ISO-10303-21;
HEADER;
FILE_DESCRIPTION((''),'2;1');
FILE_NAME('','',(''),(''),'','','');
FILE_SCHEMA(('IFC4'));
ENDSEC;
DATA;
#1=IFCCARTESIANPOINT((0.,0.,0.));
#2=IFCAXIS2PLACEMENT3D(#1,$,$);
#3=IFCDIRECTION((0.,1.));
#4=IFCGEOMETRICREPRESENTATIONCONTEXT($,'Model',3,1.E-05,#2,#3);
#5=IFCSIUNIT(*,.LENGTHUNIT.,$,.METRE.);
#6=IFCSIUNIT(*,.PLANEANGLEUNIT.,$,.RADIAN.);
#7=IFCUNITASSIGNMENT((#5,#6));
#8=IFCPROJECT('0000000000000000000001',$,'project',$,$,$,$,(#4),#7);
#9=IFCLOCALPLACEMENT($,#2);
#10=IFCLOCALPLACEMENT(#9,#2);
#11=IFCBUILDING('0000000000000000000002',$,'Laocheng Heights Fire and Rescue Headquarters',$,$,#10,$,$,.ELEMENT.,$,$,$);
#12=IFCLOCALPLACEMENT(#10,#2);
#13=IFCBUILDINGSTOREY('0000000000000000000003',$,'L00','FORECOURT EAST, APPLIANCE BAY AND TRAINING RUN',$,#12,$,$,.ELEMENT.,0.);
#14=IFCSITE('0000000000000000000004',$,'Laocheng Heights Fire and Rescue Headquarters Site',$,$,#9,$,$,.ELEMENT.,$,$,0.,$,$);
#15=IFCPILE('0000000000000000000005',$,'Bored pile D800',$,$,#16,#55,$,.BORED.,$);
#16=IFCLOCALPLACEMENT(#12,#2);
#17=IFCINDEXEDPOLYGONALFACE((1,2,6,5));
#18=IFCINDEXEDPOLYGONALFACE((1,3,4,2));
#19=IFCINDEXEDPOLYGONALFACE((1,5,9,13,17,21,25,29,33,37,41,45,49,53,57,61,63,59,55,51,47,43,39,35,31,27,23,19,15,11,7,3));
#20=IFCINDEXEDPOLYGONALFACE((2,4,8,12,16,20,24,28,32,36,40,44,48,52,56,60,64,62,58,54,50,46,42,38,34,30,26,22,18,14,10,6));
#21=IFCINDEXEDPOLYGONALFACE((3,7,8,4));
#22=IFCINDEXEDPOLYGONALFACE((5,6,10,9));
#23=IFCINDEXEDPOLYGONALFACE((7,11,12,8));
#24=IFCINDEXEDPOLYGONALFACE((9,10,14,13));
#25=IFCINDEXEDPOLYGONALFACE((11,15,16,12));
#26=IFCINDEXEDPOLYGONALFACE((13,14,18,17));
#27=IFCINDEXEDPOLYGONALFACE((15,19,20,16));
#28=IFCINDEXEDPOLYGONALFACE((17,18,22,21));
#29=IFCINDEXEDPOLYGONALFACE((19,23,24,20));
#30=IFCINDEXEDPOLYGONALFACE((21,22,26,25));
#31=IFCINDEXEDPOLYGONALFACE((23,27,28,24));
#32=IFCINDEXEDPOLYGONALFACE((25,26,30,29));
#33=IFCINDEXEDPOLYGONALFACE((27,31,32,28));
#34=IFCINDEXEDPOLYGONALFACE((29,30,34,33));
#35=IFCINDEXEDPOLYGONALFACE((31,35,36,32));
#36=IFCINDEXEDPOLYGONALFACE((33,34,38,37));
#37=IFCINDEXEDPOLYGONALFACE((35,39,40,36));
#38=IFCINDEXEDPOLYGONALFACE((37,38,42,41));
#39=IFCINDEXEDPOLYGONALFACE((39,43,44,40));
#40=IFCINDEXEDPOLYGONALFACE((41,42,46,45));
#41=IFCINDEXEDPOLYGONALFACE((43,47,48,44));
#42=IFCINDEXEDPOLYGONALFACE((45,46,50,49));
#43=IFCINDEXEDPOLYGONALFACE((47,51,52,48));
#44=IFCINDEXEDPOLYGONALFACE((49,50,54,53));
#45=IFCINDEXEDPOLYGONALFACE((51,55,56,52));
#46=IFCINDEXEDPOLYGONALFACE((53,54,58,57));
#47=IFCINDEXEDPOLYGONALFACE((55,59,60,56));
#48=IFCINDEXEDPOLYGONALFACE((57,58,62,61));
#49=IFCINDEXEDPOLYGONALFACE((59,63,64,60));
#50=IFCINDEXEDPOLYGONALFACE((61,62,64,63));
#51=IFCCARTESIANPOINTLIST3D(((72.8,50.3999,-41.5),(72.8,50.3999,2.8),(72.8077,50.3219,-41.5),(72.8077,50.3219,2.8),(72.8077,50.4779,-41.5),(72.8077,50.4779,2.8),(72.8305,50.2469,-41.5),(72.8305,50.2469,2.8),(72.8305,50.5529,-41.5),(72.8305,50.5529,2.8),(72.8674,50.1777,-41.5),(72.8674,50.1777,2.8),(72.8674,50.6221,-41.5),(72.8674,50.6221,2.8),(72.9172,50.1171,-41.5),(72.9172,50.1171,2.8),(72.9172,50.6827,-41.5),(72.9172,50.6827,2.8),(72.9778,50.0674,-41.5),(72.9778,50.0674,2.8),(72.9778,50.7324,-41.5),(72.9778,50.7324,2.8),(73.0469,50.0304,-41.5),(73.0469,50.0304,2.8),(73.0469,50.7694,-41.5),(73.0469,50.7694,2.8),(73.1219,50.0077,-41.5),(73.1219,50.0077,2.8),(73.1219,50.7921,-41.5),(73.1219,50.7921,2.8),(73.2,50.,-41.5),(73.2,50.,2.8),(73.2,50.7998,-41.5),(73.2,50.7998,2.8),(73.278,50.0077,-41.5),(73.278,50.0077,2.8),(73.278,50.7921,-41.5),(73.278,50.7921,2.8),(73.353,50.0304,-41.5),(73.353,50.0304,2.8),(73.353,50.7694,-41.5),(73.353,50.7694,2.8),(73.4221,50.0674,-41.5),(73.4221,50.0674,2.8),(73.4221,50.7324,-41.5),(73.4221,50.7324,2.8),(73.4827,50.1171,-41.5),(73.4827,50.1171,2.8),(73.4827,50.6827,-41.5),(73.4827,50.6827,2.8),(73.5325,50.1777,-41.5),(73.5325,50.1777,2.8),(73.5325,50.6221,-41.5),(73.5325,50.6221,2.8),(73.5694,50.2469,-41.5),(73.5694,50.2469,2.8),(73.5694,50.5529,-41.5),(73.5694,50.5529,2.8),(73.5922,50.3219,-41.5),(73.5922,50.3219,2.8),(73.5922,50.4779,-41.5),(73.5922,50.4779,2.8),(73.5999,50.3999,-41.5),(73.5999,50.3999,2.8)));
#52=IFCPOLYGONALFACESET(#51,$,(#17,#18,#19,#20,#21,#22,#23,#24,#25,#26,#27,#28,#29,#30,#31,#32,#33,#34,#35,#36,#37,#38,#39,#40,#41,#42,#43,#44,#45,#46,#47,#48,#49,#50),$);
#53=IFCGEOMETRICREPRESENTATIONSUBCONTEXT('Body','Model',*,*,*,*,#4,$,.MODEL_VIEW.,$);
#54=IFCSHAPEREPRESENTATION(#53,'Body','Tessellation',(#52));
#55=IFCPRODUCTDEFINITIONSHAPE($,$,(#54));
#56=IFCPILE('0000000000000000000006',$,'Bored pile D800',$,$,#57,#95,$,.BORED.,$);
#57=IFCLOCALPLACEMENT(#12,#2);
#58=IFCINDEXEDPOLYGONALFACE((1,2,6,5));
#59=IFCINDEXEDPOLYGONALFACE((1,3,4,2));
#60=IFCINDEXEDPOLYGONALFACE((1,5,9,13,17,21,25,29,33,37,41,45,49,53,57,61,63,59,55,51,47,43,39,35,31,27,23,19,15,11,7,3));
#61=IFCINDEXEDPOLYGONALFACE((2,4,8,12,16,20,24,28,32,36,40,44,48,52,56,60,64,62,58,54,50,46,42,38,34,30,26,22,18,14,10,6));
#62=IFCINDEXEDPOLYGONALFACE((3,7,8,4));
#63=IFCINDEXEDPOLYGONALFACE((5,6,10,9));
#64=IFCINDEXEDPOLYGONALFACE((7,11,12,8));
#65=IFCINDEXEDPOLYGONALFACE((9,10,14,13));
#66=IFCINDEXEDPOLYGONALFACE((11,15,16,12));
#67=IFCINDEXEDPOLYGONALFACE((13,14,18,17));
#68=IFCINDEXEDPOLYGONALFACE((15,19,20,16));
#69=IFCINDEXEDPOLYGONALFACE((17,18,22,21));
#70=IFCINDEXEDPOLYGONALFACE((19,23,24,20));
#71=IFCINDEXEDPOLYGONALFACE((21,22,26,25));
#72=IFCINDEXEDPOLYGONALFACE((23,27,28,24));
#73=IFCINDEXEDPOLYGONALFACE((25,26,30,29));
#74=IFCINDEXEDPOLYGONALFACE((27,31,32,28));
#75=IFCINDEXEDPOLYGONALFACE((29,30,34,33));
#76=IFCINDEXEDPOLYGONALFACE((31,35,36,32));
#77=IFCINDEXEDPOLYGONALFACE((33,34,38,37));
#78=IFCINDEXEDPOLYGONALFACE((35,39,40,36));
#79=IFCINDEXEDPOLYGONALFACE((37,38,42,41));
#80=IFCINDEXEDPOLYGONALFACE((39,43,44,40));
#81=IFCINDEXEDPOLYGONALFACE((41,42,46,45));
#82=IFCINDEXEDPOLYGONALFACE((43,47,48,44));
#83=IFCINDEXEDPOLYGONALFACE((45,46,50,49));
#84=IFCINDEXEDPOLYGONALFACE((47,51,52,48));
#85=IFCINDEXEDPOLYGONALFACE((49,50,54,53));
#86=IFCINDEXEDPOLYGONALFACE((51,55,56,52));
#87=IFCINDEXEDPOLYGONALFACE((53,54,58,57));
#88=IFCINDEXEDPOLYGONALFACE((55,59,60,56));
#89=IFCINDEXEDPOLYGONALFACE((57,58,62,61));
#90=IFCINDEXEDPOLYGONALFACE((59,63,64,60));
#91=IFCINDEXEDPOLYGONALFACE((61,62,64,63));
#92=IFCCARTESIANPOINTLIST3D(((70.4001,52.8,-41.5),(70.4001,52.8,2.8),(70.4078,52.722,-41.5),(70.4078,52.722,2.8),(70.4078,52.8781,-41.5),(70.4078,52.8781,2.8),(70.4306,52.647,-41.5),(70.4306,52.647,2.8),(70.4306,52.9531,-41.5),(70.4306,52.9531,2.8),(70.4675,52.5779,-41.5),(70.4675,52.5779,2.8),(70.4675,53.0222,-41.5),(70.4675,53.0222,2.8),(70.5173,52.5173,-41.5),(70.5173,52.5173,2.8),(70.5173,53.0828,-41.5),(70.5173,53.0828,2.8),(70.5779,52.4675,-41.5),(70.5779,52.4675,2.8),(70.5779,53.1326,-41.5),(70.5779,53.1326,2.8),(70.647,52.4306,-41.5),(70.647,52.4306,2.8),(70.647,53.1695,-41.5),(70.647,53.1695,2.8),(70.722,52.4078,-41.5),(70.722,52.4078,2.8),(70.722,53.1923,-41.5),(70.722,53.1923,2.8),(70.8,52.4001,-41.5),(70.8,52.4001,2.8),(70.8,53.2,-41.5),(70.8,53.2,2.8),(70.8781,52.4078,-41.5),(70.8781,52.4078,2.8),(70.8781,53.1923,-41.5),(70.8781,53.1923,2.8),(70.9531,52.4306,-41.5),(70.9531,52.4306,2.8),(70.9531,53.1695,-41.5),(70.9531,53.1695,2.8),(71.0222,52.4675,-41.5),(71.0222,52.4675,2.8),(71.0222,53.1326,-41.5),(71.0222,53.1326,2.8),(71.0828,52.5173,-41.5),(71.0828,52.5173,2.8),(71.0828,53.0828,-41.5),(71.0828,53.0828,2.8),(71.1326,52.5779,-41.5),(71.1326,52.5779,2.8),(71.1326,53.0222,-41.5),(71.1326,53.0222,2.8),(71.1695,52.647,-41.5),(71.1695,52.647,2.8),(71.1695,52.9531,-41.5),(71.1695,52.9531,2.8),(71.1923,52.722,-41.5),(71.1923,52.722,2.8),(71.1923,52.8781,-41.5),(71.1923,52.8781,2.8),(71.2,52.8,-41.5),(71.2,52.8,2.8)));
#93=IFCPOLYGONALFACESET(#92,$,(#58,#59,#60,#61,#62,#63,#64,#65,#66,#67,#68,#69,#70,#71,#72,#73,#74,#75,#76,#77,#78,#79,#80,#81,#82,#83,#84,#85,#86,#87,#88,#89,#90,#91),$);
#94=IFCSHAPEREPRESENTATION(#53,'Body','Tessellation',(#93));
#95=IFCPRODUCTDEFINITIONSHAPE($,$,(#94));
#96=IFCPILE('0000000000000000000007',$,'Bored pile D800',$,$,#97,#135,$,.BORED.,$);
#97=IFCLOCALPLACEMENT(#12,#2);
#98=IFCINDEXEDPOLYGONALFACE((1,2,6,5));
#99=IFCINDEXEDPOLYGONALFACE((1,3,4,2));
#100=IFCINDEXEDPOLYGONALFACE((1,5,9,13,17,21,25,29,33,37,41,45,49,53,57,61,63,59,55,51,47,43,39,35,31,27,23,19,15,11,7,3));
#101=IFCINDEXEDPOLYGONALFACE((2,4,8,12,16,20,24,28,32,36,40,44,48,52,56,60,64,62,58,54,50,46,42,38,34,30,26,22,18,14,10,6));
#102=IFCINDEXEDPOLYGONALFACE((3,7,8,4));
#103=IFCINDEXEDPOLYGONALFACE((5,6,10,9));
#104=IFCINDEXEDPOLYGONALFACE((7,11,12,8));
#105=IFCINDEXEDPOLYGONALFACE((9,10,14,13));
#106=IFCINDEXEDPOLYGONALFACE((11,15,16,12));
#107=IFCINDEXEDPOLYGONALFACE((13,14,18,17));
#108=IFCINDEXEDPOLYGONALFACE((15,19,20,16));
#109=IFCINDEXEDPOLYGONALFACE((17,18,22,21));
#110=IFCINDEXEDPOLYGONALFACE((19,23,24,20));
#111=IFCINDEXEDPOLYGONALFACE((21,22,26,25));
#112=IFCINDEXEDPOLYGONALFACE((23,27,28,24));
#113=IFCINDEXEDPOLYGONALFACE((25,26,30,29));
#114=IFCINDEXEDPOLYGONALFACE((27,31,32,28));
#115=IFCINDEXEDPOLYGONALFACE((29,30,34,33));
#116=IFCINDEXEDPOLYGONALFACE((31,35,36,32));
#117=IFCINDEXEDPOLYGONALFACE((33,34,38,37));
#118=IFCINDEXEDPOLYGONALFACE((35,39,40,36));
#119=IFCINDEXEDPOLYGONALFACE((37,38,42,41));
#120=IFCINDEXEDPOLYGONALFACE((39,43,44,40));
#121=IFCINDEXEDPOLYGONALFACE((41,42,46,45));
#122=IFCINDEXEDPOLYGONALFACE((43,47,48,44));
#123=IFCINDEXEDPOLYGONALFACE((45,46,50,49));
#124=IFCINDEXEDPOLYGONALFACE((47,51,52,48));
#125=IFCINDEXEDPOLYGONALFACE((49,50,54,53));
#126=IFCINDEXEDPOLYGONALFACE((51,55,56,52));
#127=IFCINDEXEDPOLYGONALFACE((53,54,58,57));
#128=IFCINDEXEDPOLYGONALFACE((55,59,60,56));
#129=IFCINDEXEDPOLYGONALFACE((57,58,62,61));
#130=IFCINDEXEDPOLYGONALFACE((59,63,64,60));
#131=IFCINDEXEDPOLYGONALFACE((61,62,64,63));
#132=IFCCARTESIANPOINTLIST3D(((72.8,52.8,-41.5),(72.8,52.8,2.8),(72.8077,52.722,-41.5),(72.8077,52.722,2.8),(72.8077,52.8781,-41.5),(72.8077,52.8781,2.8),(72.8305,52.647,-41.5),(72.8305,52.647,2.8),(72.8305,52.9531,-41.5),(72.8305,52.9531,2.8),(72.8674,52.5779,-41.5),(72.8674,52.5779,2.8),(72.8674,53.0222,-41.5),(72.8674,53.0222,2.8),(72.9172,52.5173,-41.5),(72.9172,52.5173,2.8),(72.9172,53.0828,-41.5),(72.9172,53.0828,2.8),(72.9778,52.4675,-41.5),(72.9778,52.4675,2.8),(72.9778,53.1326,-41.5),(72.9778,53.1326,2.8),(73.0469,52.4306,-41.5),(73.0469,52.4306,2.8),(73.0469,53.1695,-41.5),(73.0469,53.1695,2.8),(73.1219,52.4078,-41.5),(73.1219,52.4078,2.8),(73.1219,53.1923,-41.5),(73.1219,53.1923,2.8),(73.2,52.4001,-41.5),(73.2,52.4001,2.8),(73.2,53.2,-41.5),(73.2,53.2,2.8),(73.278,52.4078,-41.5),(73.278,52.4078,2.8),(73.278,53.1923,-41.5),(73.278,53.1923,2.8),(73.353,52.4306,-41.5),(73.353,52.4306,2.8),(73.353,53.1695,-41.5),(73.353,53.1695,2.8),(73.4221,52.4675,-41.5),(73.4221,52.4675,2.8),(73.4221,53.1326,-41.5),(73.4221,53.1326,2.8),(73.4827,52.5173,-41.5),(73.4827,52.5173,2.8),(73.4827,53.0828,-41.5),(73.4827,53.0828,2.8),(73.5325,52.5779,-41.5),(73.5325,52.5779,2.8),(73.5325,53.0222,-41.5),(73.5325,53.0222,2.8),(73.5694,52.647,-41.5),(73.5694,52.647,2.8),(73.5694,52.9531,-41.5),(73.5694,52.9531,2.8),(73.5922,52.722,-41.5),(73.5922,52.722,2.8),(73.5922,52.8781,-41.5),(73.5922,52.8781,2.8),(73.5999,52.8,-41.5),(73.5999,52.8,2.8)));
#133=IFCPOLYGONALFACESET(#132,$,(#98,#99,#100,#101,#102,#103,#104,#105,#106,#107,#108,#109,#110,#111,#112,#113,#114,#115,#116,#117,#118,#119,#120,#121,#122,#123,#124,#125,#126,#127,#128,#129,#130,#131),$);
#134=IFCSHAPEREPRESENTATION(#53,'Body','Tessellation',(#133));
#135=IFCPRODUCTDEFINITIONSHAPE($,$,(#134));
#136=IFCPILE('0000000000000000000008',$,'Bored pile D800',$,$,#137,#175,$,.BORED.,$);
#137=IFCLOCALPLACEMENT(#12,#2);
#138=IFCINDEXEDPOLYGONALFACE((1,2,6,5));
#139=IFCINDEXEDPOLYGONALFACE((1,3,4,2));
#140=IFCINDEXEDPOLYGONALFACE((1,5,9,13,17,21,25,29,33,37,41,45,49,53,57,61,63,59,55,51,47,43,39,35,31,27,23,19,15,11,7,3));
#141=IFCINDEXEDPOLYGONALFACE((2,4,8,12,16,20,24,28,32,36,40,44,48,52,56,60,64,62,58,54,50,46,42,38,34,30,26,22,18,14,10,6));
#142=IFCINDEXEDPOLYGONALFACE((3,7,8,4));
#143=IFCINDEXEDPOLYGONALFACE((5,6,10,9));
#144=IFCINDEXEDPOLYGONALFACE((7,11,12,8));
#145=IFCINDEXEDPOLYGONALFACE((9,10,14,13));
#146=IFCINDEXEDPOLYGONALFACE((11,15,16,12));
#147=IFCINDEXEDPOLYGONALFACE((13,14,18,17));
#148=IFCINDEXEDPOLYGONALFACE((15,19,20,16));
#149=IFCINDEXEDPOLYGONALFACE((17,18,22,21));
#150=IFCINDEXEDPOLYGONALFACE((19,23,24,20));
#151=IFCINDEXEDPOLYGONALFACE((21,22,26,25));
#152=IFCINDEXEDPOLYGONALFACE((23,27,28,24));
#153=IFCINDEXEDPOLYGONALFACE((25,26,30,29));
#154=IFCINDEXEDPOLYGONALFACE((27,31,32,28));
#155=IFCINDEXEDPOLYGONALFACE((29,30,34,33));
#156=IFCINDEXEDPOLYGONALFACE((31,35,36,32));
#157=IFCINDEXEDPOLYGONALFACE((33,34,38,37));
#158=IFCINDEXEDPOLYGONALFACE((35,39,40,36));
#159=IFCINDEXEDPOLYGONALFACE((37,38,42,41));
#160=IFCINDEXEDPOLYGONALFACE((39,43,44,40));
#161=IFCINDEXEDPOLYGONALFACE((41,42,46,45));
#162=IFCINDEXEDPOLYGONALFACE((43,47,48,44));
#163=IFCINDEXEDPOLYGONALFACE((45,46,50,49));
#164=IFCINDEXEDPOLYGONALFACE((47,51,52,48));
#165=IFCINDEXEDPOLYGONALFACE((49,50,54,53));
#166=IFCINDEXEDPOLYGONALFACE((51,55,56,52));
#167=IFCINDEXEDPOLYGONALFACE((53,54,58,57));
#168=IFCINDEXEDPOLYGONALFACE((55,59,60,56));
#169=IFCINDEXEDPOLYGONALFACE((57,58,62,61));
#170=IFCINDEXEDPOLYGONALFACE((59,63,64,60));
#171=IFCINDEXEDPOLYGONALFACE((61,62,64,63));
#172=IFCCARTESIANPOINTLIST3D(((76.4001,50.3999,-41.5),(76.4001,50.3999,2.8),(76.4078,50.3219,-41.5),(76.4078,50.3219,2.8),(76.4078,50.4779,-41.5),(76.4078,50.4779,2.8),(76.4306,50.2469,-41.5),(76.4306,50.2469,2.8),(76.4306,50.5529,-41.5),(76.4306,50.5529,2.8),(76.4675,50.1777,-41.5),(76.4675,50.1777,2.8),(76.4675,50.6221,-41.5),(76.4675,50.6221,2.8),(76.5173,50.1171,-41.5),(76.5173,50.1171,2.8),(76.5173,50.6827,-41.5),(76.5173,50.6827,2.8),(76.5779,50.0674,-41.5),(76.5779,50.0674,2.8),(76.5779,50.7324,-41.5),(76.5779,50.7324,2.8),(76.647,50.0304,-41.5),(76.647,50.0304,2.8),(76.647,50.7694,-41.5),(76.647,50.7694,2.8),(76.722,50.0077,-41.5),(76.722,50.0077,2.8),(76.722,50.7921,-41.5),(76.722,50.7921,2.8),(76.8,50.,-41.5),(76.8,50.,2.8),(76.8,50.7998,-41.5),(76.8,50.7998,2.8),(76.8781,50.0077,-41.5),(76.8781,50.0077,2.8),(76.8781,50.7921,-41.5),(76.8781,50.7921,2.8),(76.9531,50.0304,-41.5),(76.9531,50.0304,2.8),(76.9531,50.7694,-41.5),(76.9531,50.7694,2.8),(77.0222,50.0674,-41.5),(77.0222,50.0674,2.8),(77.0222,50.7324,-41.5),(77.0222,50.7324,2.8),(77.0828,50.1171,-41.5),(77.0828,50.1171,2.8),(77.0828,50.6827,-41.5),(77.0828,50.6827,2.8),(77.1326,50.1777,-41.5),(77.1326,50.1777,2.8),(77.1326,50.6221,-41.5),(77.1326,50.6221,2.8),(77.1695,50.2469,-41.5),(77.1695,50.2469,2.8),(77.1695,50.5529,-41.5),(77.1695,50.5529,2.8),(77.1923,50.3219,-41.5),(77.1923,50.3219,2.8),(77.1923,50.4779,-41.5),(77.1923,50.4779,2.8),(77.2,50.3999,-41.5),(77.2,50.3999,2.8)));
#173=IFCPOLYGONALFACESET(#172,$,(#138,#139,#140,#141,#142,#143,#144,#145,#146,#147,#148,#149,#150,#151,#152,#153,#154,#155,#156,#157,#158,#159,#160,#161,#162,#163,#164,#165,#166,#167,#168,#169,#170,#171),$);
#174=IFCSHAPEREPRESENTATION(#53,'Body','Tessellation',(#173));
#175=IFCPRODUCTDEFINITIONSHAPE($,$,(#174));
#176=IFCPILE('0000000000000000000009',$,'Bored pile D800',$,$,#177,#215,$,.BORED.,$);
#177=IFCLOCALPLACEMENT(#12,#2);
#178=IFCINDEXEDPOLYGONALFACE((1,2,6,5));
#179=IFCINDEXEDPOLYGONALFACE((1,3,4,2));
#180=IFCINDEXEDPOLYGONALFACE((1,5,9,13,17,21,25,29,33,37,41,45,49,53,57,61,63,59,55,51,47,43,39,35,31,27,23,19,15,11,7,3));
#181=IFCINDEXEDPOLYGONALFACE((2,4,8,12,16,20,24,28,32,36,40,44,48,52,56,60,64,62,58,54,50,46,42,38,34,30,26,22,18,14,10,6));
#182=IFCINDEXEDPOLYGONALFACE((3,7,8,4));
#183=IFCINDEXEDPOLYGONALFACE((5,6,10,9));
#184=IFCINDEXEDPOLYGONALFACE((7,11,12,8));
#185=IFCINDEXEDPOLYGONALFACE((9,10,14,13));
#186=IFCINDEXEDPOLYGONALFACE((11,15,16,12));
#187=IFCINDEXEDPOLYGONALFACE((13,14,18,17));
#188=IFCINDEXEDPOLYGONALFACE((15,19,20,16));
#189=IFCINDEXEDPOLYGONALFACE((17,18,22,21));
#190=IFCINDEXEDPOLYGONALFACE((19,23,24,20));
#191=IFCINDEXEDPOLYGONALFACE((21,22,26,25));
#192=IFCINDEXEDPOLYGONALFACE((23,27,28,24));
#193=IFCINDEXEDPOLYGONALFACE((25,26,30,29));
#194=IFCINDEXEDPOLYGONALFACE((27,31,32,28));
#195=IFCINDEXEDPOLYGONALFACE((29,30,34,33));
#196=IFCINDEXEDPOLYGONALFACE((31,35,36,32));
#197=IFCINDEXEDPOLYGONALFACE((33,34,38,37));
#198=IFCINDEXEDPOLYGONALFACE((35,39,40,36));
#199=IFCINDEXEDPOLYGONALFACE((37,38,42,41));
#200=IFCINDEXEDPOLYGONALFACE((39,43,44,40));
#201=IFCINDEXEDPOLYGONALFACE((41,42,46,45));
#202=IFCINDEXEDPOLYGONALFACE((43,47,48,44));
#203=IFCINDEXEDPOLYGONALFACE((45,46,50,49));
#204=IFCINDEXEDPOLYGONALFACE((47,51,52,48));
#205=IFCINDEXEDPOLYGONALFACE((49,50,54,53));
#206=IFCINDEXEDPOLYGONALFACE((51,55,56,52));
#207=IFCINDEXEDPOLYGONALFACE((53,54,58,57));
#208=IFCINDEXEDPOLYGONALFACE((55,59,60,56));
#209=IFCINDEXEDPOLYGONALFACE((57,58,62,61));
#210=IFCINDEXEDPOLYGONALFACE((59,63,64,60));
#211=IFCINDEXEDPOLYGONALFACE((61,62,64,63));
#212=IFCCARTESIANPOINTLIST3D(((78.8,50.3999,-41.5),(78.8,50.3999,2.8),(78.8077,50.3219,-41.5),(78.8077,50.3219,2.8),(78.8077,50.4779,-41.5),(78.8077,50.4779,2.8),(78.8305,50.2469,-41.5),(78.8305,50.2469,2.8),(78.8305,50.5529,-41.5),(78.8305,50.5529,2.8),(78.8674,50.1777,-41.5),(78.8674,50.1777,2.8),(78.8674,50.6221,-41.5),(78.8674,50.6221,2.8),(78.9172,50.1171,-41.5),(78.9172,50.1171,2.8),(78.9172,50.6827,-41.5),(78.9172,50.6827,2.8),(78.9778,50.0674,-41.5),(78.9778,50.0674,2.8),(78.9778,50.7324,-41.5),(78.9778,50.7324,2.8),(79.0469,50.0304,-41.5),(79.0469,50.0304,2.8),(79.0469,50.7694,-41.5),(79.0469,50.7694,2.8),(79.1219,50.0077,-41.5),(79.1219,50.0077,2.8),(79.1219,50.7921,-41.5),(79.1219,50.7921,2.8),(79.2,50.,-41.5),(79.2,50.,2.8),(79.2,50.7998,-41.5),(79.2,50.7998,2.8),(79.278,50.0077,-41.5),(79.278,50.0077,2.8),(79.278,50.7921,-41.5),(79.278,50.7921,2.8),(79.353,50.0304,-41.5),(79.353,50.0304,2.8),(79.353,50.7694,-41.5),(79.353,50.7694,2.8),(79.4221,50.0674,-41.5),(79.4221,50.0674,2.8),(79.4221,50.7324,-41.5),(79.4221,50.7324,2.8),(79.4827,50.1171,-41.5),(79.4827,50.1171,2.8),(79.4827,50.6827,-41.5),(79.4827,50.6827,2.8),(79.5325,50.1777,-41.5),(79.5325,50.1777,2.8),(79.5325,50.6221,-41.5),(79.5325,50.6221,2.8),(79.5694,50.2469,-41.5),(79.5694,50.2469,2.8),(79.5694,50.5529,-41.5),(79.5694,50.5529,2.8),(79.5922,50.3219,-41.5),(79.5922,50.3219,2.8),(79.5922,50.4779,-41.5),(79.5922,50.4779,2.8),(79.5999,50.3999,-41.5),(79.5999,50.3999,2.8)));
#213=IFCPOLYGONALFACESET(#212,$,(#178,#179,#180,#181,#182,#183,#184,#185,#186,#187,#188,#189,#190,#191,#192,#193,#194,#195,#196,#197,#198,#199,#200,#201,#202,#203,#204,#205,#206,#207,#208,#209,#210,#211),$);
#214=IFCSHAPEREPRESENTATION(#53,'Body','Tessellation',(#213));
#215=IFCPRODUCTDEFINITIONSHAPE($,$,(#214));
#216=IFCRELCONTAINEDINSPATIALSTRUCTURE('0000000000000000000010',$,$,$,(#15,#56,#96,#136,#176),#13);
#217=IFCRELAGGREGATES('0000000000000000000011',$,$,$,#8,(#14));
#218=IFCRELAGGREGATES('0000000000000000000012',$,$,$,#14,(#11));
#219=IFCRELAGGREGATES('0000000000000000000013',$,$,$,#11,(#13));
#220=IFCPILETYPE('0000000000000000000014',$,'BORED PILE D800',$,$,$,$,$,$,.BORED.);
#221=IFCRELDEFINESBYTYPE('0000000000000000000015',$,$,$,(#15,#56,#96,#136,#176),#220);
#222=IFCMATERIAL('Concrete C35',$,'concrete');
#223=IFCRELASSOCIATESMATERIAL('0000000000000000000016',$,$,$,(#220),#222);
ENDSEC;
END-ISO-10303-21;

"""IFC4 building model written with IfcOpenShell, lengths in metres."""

from ifc_helpers import new_model, si_unit, direction, frame, origin, origin_2d, place, context, subcontext, project, spatial, circle, extrude, material, material_profile, profile_set, type_object, element, save


model = new_model("IFC4")

# Units and contexts
model_context = context("Model", 3, precision=1e-05, world=origin(), true_north=direction((0.0, 1.0)))
body_context = subcontext(model_context, "Body", "Model", "MODEL_VIEW")
ifc_project = project(units=[si_unit("LENGTHUNIT", "METRE"), si_unit("PLANEANGLEUNIT", "RADIAN")], contexts=[model_context])

# Site, building, storey
site_placement = place(None, origin())
site = spatial("IfcSite", under=ifc_project, at=site_placement, Name="Laocheng Heights Fire and Rescue Headquarters Site", CompositionType="ELEMENT", RefElevation=0.0)
building_placement = place(site_placement, origin())
building = spatial("IfcBuilding", under=site, at=building_placement, Name="Laocheng Heights Fire and Rescue Headquarters", CompositionType="ELEMENT")
storey_placement = place(building_placement, origin())
storey = spatial("IfcBuildingStorey", under=building, at=storey_placement, Name="L00", Description="FORECOURT EAST, APPLIANCE BAY AND TRAINING RUN", CompositionType="ELEMENT", Elevation=0.0)

# Piles
ifc_material_1 = material(Name="Concrete C35", Category="concrete")
ifc_material_profile_1 = material_profile(ifc_material_1, circle(Radius=0.3999, at=origin_2d()), Name="BORED PILE D800")
ifc_profile_set_1 = profile_set([ifc_material_profile_1], Name="Concrete C35")
pile_type = type_object("IfcPileType", Name="BORED PILE D800", PredefinedType="BORED", material=ifc_profile_set_1)
for number, where, z_axis, x_axis, name in (
    (1, (73.2, 50.3999, 2.8), (0.0, 0.0, -1.0), (1.0, 0.0, 0.0), "Bored pile D800"),
    (2, (70.8, 52.8, 2.8), (0.0, 0.0, -1.0), (1.0, 0.0, 0.0), "Bored pile D800"),
    (3, (73.2, 52.8, 2.8), (0.0, 0.0, -1.0), (1.0, 0.0, 0.0), "Bored pile D800"),
    (4, (76.8, 50.3999, 2.8), (0.0, 0.0, -1.0), (1.0, 0.0, 0.0), "Bored pile D800"),
    (5, (79.2, 50.3999, 2.8), (0.0, 0.0, -1.0), (1.0, 0.0, 0.0), "Bored pile D800"),
):
    element("IfcPile", number, at=place(storey_placement, frame(where, z_axis=z_axis, x_axis=x_axis)), inside=storey, type_object=pile_type, Name=name, PredefinedType="BORED", context=body_context, shape_type="SweptSolid", body=[
        extrude(circle(Radius=0.3999, at=origin_2d()), origin(), (0.0, 0.0, 1.0), 44.3),
    ])

save(model, "model.ifc")
